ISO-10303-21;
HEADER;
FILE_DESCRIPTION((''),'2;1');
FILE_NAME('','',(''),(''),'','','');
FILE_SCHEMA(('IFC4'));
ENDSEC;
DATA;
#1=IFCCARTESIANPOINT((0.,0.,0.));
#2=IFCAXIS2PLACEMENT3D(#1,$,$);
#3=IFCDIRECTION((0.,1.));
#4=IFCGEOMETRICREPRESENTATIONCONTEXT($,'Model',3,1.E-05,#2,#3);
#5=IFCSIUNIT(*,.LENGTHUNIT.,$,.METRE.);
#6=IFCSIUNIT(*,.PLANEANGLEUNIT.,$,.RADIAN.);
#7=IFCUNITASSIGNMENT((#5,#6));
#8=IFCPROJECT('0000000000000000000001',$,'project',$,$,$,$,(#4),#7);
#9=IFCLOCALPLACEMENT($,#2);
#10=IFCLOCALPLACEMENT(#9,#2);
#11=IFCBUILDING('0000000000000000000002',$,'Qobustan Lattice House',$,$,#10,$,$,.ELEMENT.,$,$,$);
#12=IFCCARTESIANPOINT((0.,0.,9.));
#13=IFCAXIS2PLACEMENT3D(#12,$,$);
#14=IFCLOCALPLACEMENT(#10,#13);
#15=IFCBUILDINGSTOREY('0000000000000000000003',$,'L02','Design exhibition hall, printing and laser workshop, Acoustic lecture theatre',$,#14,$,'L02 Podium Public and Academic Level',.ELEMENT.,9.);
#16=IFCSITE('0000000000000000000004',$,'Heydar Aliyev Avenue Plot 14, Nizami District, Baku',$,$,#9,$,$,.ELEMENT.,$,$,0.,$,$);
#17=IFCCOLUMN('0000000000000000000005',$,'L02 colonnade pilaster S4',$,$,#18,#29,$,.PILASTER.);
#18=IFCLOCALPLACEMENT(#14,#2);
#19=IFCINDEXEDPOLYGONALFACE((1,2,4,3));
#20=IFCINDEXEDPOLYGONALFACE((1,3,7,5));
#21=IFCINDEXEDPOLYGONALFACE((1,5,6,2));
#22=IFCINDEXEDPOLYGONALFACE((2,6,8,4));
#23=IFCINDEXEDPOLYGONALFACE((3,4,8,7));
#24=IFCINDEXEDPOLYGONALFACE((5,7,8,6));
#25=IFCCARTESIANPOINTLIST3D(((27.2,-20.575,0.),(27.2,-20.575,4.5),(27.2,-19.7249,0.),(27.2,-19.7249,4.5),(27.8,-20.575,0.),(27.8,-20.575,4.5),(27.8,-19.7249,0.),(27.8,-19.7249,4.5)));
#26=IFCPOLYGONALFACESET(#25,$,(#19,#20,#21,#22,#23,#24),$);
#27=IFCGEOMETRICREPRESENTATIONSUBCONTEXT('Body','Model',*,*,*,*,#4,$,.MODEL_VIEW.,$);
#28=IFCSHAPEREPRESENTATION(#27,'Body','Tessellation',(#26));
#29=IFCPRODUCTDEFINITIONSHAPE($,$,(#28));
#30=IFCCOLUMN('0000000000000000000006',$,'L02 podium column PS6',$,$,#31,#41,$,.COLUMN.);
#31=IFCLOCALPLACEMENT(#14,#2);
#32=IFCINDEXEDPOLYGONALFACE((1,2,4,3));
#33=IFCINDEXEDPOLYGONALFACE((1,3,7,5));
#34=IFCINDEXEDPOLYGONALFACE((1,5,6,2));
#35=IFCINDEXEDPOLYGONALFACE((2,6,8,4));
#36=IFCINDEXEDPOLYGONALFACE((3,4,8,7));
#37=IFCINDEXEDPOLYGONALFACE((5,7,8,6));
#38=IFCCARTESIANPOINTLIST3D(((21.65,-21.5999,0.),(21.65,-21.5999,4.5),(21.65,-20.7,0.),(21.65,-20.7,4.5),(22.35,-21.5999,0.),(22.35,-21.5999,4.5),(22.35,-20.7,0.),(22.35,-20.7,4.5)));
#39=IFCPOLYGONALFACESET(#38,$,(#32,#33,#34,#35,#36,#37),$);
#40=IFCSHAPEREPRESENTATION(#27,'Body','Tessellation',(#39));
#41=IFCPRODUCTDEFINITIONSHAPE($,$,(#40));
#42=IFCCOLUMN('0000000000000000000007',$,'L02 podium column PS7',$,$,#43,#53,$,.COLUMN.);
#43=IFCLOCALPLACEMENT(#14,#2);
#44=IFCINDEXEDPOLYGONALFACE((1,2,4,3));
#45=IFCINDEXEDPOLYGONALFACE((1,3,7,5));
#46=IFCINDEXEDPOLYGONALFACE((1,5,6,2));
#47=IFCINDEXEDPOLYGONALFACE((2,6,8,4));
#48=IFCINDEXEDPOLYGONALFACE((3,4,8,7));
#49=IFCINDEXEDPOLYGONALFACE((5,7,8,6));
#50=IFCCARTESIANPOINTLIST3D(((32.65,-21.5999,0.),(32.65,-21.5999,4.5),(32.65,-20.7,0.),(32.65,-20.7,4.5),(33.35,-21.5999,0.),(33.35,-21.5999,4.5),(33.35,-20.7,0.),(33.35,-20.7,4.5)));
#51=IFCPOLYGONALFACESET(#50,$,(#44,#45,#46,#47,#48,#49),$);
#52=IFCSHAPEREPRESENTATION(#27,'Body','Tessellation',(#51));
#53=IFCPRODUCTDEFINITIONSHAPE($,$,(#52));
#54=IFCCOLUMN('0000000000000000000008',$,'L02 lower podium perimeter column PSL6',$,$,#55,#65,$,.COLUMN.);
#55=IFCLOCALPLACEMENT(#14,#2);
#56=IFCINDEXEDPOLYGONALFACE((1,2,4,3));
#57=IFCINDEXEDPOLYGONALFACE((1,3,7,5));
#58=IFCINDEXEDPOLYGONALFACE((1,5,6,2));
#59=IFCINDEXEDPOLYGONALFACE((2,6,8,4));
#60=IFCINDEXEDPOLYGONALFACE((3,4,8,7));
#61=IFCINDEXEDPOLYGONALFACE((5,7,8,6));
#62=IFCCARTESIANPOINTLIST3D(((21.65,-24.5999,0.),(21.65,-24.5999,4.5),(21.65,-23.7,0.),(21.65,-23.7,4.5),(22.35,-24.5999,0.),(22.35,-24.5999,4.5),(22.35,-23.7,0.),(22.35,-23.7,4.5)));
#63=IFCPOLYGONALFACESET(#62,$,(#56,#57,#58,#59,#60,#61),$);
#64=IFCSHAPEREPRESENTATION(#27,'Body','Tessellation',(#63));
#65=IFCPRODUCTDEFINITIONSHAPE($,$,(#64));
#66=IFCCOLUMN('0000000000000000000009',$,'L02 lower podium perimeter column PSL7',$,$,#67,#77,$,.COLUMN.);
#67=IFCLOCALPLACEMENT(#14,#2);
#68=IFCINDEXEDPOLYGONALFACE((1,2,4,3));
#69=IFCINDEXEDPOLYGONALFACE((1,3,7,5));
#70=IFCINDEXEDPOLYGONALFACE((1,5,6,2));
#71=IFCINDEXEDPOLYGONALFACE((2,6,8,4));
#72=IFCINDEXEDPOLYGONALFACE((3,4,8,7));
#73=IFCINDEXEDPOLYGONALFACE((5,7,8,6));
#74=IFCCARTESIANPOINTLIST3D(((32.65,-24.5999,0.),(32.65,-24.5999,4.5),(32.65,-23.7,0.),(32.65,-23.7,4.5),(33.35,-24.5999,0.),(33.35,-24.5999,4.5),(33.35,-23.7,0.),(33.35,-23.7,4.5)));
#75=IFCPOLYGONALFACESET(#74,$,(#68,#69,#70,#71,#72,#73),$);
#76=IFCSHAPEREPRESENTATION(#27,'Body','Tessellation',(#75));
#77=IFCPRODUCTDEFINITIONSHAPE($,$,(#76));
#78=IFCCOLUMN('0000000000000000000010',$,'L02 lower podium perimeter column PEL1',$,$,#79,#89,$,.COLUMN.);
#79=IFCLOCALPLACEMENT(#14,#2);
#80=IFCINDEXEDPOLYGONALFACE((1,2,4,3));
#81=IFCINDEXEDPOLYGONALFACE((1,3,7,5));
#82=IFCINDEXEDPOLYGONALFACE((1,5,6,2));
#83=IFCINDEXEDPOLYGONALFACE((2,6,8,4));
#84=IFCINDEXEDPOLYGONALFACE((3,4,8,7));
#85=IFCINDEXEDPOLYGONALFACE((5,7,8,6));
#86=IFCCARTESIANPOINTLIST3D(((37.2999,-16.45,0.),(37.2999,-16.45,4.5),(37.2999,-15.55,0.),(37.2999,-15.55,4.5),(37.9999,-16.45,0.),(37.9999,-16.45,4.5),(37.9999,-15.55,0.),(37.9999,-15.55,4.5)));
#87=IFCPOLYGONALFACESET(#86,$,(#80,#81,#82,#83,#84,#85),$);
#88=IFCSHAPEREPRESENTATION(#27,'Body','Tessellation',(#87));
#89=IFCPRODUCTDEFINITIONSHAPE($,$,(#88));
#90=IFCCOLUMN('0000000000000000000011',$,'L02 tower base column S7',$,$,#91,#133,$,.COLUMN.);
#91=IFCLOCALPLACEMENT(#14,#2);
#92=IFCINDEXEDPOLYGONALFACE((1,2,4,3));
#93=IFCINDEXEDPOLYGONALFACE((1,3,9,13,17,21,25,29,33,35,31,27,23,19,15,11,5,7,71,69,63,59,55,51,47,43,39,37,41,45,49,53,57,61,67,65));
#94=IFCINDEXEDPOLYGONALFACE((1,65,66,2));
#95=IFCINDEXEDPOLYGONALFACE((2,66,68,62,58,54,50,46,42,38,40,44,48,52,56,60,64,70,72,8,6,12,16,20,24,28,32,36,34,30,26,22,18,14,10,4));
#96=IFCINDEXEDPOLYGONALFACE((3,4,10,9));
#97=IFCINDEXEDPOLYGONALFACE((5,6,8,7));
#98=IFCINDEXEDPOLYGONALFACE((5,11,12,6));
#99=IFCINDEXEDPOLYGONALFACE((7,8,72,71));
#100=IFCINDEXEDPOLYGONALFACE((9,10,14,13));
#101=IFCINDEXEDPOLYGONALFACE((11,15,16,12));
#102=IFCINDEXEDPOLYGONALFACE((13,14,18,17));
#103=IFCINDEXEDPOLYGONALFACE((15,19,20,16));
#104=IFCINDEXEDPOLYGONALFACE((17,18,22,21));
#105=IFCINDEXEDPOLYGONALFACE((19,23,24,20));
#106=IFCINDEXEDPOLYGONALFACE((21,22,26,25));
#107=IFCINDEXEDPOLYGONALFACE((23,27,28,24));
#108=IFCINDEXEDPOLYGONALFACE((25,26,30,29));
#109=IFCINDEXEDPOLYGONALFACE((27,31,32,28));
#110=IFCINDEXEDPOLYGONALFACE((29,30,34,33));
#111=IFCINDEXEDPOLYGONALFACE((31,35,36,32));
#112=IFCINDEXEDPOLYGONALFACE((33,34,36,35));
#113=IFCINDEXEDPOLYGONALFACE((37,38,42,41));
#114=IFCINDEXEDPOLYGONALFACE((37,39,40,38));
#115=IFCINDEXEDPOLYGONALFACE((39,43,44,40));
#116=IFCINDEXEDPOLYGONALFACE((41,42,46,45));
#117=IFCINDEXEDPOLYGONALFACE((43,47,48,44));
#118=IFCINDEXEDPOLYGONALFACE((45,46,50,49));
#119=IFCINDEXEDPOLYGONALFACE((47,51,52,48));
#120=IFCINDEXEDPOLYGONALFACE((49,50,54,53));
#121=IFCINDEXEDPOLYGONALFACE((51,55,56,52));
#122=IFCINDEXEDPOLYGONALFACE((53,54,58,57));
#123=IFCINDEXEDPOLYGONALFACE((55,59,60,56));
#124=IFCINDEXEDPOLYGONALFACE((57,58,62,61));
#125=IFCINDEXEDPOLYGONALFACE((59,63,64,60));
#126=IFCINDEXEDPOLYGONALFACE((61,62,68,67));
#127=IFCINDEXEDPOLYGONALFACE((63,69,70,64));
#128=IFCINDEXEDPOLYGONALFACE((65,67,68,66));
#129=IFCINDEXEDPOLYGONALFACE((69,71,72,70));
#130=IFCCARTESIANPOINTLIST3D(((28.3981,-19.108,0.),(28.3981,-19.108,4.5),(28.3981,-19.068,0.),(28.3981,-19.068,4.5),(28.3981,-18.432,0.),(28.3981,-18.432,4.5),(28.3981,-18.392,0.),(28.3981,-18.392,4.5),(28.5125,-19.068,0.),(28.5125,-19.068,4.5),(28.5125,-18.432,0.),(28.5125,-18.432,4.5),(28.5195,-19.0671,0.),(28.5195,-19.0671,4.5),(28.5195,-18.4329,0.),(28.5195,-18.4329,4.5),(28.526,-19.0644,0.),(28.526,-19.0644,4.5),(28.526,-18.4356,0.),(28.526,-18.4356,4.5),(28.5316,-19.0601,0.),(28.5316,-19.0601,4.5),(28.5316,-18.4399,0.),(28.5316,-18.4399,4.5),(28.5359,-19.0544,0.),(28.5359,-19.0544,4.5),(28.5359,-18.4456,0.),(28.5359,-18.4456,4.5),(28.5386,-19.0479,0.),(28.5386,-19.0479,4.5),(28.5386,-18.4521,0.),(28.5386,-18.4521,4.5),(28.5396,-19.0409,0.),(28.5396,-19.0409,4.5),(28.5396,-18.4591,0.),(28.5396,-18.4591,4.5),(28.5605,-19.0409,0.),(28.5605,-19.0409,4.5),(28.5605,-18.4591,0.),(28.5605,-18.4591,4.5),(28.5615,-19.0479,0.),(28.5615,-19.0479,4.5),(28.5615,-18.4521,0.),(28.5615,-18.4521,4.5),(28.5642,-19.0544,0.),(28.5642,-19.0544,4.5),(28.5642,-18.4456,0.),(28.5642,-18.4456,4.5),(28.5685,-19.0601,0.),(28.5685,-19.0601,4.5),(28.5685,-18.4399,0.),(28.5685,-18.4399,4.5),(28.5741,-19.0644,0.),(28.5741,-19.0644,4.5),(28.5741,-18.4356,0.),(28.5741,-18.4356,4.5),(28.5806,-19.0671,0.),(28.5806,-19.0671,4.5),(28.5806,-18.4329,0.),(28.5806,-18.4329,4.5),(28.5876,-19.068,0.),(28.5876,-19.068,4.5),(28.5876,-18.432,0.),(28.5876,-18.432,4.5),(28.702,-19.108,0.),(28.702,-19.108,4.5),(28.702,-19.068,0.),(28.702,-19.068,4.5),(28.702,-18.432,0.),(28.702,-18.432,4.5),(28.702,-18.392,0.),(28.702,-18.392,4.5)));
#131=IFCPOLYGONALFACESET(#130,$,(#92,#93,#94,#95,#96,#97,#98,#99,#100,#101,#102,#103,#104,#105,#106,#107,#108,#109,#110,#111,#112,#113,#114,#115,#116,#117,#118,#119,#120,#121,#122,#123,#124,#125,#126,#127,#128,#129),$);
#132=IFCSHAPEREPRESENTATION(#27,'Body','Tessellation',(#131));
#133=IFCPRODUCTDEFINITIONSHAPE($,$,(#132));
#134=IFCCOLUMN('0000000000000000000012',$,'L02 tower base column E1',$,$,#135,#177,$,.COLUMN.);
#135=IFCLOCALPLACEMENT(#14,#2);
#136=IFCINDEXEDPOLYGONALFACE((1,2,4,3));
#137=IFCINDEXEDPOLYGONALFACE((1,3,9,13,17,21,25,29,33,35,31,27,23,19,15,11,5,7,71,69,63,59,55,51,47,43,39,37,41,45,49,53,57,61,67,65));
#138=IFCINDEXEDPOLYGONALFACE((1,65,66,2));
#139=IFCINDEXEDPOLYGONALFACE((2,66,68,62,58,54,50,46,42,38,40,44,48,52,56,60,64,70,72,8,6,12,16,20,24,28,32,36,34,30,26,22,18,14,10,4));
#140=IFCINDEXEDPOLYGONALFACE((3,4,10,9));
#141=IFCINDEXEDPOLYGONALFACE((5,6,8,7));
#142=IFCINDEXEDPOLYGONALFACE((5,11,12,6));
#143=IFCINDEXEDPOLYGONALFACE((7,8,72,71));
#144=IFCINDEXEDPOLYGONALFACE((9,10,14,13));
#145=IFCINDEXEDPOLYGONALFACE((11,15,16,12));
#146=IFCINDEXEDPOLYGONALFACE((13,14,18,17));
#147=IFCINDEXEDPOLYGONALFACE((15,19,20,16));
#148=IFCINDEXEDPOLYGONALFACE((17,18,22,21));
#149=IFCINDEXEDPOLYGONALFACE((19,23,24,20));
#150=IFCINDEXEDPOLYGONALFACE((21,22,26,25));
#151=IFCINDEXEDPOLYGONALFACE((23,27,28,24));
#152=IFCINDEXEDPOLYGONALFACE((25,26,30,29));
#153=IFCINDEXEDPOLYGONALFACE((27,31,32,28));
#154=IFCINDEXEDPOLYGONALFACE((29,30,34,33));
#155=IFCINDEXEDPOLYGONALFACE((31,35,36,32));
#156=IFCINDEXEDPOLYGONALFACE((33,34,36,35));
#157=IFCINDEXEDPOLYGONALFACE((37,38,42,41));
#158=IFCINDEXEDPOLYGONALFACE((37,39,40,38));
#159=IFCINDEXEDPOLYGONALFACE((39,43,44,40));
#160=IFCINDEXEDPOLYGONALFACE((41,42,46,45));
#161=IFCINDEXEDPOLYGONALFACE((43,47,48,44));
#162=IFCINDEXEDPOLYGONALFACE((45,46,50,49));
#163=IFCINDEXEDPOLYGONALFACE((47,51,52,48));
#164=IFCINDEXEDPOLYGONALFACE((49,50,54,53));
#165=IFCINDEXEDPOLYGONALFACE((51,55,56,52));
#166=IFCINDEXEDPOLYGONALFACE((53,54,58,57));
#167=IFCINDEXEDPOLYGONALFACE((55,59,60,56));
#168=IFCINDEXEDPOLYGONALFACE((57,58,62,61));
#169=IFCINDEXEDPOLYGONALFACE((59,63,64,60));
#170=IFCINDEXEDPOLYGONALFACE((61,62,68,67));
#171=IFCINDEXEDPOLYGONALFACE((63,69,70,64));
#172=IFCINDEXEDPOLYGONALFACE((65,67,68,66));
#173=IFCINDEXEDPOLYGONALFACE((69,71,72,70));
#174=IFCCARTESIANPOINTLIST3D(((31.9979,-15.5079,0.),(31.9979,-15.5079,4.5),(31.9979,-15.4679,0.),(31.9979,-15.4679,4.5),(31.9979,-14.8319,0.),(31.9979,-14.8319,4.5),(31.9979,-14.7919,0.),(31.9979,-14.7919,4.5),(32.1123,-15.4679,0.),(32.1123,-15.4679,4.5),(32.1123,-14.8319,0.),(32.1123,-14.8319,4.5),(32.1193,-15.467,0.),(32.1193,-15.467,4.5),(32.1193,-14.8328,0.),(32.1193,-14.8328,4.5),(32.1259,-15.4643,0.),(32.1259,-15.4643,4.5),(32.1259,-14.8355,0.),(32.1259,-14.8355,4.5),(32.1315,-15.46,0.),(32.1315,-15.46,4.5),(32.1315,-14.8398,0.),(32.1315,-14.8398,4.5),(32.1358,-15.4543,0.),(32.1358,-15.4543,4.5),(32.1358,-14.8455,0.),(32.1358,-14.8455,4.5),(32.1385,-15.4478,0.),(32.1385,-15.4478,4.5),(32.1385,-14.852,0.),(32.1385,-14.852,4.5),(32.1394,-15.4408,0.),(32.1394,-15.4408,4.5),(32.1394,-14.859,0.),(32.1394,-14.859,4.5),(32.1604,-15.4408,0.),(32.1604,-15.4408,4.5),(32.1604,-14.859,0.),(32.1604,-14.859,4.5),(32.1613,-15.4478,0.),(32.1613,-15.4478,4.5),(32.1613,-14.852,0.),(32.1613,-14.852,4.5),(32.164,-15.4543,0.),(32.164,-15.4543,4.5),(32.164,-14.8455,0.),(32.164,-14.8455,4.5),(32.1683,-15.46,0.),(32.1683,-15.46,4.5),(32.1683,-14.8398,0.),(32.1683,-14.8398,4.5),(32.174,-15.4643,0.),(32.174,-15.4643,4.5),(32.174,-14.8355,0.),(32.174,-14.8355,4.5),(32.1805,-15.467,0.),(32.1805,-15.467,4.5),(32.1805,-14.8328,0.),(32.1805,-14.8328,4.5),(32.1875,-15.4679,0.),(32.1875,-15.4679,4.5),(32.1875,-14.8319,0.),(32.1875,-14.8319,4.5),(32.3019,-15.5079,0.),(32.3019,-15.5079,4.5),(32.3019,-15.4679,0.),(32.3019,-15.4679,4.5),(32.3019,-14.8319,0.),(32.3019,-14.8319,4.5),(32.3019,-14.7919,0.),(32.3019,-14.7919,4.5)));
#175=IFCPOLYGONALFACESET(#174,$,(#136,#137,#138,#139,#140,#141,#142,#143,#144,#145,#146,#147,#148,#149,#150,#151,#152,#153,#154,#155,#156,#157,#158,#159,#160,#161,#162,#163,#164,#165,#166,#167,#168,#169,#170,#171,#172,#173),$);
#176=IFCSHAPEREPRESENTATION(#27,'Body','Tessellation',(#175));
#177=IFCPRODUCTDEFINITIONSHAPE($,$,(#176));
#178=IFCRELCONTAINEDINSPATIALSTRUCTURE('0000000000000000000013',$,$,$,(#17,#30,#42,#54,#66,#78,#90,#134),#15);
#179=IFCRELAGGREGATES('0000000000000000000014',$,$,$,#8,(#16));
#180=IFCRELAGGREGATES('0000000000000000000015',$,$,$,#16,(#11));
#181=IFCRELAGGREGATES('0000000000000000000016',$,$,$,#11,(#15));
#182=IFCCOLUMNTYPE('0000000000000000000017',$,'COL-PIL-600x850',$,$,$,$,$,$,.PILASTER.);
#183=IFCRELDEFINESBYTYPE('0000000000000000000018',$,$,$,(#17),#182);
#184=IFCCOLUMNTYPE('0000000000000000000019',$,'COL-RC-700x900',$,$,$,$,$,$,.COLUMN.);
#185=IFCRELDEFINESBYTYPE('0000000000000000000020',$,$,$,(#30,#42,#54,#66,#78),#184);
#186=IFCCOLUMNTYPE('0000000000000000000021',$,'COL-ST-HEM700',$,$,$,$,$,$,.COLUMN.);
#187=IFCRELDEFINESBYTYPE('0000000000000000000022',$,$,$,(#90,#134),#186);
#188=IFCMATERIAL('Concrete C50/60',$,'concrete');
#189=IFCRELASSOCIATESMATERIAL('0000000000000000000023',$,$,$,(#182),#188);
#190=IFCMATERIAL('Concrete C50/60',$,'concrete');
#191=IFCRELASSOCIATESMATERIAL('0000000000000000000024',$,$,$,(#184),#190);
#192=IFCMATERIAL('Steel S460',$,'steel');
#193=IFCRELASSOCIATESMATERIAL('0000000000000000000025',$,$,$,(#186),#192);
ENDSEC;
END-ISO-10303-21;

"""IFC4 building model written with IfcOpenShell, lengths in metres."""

from ifc_helpers import new_model, si_unit, direction, frame, origin, origin_2d, place, context, subcontext, project, spatial, rectangle, i_section, extrude, material, material_profile, profile_set, type_object, element, save


model = new_model("IFC4")

# Units and contexts
model_context = context("Model", 3, precision=1e-05, world=origin(), true_north=direction((0.0, 1.0)))
body_context = subcontext(model_context, "Body", "Model", "MODEL_VIEW")
ifc_project = project(units=[si_unit("LENGTHUNIT", "METRE"), si_unit("PLANEANGLEUNIT", "RADIAN")], contexts=[model_context])

# Site, building, storey
site_placement = place(None, origin())
site = spatial("IfcSite", under=ifc_project, at=site_placement, Name="Heydar Aliyev Avenue Plot 14, Nizami District, Baku", CompositionType="ELEMENT", RefElevation=0.0)
building_placement = place(site_placement, origin())
building = spatial("IfcBuilding", under=site, at=building_placement, Name="Qobustan Lattice House", CompositionType="ELEMENT")
storey_placement = place(building_placement, frame((0.0, 0.0, 9.0)))
storey = spatial("IfcBuildingStorey", under=building, at=storey_placement, Name="L02", Description="Design exhibition hall, printing and laser workshop, Acoustic lecture theatre", LongName="L02 Podium Public and Academic Level", CompositionType="ELEMENT", Elevation=9.0)

# Columns
ifc_material_1 = material(Name="Concrete C50/60", Category="concrete")
ifc_material_profile_1 = material_profile(ifc_material_1, rectangle(XDim=0.6001, YDim=0.8501, at=origin_2d()), Name="RC600x850")
ifc_profile_set_1 = profile_set([ifc_material_profile_1], Name="Concrete C50/60")
column_type_1 = type_object("IfcColumnType", Name="COL-PIL-600x850", PredefinedType="PILASTER", material=ifc_profile_set_1)
column_placement = place(storey_placement, frame((27.5, -20.1499, 0.0), z_axis=(0.0, 0.0, 1.0), x_axis=(1.0, 0.0, 0.0)))
element("IfcColumn", 1, at=column_placement, inside=storey, type_object=column_type_1, Name="L02 colonnade pilaster S4", PredefinedType="PILASTER", context=body_context, shape_type="SweptSolid", body=[
    extrude(rectangle(XDim=0.6001, YDim=0.8501, at=origin_2d()), origin(), (0.0, 0.0, 1.0), 4.5),
])
ifc_material_2 = material(Name="Concrete C50/60", Category="concrete")
ifc_material_profile_2 = material_profile(ifc_material_2, rectangle(XDim=0.7, YDim=0.8999, at=origin_2d()), Name="RC700x900")
ifc_profile_set_2 = profile_set([ifc_material_profile_2], Name="Concrete C50/60")
column_type_2 = type_object("IfcColumnType", Name="COL-RC-700x900", PredefinedType="COLUMN", material=ifc_profile_set_2)
for number, where, z_axis, x_axis, name in (
    (2, (22.0, -21.1499, 0.0), (0.0, 0.0, 1.0), (1.0, 0.0, 0.0), "L02 podium column PS6"),
    (3, (33.0, -21.1499, 0.0), (0.0, 0.0, 1.0), (1.0, 0.0, 0.0), "L02 podium column PS7"),
    (4, (22.0, -24.1499, 0.0), (0.0, 0.0, 1.0), (1.0, 0.0, 0.0), "L02 lower podium perimeter column PSL6"),
    (5, (33.0, -24.1499, 0.0), (0.0, 0.0, 1.0), (1.0, 0.0, 0.0), "L02 lower podium perimeter column PSL7"),
    (6, (37.6499, -16.0, 0.0), (0.0, 0.0, 1.0), (1.0, 0.0, 0.0), "L02 lower podium perimeter column PEL1"),
):
    element("IfcColumn", number, at=place(storey_placement, frame(where, z_axis=z_axis, x_axis=x_axis)), inside=storey, type_object=column_type_2, Name=name, PredefinedType="COLUMN", context=body_context, shape_type="SweptSolid", body=[
        extrude(rectangle(XDim=0.7, YDim=0.8999, at=origin_2d()), origin(), (0.0, 0.0, 1.0), 4.5),
    ])
ifc_material_3 = material(Name="Steel S460", Category="steel")
ifc_material_profile_3 = material_profile(ifc_material_3, i_section(OverallWidth=0.304, OverallDepth=0.7161, WebThickness=0.021, FlangeThickness=0.04, FilletRadius=0.0271, at=origin_2d()), Name="HEM700")
ifc_profile_set_3 = profile_set([ifc_material_profile_3], Name="Steel S460")
column_type_3 = type_object("IfcColumnType", Name="COL-ST-HEM700", PredefinedType="COLUMN", material=ifc_profile_set_3)
for number, where, z_axis, x_axis, name in (
    (7, (28.55, -18.75, 0.0), (0.0, 0.0, 1.0), (1.0, 0.0, 0.0), "L02 tower base column S7"),
    (8, (32.1499, -15.1499, 0.0), (0.0, 0.0, 1.0), (1.0, 0.0, 0.0), "L02 tower base column E1"),
):
    element("IfcColumn", number, at=place(storey_placement, frame(where, z_axis=z_axis, x_axis=x_axis)), inside=storey, type_object=column_type_3, Name=name, PredefinedType="COLUMN", context=body_context, shape_type="SweptSolid", body=[
        extrude(i_section(OverallWidth=0.304, OverallDepth=0.7161, WebThickness=0.021, FlangeThickness=0.04, FilletRadius=0.0271, at=origin_2d()), origin(), (0.0, 0.0, 1.0), 4.5),
    ])

save(model, "model.ifc")
